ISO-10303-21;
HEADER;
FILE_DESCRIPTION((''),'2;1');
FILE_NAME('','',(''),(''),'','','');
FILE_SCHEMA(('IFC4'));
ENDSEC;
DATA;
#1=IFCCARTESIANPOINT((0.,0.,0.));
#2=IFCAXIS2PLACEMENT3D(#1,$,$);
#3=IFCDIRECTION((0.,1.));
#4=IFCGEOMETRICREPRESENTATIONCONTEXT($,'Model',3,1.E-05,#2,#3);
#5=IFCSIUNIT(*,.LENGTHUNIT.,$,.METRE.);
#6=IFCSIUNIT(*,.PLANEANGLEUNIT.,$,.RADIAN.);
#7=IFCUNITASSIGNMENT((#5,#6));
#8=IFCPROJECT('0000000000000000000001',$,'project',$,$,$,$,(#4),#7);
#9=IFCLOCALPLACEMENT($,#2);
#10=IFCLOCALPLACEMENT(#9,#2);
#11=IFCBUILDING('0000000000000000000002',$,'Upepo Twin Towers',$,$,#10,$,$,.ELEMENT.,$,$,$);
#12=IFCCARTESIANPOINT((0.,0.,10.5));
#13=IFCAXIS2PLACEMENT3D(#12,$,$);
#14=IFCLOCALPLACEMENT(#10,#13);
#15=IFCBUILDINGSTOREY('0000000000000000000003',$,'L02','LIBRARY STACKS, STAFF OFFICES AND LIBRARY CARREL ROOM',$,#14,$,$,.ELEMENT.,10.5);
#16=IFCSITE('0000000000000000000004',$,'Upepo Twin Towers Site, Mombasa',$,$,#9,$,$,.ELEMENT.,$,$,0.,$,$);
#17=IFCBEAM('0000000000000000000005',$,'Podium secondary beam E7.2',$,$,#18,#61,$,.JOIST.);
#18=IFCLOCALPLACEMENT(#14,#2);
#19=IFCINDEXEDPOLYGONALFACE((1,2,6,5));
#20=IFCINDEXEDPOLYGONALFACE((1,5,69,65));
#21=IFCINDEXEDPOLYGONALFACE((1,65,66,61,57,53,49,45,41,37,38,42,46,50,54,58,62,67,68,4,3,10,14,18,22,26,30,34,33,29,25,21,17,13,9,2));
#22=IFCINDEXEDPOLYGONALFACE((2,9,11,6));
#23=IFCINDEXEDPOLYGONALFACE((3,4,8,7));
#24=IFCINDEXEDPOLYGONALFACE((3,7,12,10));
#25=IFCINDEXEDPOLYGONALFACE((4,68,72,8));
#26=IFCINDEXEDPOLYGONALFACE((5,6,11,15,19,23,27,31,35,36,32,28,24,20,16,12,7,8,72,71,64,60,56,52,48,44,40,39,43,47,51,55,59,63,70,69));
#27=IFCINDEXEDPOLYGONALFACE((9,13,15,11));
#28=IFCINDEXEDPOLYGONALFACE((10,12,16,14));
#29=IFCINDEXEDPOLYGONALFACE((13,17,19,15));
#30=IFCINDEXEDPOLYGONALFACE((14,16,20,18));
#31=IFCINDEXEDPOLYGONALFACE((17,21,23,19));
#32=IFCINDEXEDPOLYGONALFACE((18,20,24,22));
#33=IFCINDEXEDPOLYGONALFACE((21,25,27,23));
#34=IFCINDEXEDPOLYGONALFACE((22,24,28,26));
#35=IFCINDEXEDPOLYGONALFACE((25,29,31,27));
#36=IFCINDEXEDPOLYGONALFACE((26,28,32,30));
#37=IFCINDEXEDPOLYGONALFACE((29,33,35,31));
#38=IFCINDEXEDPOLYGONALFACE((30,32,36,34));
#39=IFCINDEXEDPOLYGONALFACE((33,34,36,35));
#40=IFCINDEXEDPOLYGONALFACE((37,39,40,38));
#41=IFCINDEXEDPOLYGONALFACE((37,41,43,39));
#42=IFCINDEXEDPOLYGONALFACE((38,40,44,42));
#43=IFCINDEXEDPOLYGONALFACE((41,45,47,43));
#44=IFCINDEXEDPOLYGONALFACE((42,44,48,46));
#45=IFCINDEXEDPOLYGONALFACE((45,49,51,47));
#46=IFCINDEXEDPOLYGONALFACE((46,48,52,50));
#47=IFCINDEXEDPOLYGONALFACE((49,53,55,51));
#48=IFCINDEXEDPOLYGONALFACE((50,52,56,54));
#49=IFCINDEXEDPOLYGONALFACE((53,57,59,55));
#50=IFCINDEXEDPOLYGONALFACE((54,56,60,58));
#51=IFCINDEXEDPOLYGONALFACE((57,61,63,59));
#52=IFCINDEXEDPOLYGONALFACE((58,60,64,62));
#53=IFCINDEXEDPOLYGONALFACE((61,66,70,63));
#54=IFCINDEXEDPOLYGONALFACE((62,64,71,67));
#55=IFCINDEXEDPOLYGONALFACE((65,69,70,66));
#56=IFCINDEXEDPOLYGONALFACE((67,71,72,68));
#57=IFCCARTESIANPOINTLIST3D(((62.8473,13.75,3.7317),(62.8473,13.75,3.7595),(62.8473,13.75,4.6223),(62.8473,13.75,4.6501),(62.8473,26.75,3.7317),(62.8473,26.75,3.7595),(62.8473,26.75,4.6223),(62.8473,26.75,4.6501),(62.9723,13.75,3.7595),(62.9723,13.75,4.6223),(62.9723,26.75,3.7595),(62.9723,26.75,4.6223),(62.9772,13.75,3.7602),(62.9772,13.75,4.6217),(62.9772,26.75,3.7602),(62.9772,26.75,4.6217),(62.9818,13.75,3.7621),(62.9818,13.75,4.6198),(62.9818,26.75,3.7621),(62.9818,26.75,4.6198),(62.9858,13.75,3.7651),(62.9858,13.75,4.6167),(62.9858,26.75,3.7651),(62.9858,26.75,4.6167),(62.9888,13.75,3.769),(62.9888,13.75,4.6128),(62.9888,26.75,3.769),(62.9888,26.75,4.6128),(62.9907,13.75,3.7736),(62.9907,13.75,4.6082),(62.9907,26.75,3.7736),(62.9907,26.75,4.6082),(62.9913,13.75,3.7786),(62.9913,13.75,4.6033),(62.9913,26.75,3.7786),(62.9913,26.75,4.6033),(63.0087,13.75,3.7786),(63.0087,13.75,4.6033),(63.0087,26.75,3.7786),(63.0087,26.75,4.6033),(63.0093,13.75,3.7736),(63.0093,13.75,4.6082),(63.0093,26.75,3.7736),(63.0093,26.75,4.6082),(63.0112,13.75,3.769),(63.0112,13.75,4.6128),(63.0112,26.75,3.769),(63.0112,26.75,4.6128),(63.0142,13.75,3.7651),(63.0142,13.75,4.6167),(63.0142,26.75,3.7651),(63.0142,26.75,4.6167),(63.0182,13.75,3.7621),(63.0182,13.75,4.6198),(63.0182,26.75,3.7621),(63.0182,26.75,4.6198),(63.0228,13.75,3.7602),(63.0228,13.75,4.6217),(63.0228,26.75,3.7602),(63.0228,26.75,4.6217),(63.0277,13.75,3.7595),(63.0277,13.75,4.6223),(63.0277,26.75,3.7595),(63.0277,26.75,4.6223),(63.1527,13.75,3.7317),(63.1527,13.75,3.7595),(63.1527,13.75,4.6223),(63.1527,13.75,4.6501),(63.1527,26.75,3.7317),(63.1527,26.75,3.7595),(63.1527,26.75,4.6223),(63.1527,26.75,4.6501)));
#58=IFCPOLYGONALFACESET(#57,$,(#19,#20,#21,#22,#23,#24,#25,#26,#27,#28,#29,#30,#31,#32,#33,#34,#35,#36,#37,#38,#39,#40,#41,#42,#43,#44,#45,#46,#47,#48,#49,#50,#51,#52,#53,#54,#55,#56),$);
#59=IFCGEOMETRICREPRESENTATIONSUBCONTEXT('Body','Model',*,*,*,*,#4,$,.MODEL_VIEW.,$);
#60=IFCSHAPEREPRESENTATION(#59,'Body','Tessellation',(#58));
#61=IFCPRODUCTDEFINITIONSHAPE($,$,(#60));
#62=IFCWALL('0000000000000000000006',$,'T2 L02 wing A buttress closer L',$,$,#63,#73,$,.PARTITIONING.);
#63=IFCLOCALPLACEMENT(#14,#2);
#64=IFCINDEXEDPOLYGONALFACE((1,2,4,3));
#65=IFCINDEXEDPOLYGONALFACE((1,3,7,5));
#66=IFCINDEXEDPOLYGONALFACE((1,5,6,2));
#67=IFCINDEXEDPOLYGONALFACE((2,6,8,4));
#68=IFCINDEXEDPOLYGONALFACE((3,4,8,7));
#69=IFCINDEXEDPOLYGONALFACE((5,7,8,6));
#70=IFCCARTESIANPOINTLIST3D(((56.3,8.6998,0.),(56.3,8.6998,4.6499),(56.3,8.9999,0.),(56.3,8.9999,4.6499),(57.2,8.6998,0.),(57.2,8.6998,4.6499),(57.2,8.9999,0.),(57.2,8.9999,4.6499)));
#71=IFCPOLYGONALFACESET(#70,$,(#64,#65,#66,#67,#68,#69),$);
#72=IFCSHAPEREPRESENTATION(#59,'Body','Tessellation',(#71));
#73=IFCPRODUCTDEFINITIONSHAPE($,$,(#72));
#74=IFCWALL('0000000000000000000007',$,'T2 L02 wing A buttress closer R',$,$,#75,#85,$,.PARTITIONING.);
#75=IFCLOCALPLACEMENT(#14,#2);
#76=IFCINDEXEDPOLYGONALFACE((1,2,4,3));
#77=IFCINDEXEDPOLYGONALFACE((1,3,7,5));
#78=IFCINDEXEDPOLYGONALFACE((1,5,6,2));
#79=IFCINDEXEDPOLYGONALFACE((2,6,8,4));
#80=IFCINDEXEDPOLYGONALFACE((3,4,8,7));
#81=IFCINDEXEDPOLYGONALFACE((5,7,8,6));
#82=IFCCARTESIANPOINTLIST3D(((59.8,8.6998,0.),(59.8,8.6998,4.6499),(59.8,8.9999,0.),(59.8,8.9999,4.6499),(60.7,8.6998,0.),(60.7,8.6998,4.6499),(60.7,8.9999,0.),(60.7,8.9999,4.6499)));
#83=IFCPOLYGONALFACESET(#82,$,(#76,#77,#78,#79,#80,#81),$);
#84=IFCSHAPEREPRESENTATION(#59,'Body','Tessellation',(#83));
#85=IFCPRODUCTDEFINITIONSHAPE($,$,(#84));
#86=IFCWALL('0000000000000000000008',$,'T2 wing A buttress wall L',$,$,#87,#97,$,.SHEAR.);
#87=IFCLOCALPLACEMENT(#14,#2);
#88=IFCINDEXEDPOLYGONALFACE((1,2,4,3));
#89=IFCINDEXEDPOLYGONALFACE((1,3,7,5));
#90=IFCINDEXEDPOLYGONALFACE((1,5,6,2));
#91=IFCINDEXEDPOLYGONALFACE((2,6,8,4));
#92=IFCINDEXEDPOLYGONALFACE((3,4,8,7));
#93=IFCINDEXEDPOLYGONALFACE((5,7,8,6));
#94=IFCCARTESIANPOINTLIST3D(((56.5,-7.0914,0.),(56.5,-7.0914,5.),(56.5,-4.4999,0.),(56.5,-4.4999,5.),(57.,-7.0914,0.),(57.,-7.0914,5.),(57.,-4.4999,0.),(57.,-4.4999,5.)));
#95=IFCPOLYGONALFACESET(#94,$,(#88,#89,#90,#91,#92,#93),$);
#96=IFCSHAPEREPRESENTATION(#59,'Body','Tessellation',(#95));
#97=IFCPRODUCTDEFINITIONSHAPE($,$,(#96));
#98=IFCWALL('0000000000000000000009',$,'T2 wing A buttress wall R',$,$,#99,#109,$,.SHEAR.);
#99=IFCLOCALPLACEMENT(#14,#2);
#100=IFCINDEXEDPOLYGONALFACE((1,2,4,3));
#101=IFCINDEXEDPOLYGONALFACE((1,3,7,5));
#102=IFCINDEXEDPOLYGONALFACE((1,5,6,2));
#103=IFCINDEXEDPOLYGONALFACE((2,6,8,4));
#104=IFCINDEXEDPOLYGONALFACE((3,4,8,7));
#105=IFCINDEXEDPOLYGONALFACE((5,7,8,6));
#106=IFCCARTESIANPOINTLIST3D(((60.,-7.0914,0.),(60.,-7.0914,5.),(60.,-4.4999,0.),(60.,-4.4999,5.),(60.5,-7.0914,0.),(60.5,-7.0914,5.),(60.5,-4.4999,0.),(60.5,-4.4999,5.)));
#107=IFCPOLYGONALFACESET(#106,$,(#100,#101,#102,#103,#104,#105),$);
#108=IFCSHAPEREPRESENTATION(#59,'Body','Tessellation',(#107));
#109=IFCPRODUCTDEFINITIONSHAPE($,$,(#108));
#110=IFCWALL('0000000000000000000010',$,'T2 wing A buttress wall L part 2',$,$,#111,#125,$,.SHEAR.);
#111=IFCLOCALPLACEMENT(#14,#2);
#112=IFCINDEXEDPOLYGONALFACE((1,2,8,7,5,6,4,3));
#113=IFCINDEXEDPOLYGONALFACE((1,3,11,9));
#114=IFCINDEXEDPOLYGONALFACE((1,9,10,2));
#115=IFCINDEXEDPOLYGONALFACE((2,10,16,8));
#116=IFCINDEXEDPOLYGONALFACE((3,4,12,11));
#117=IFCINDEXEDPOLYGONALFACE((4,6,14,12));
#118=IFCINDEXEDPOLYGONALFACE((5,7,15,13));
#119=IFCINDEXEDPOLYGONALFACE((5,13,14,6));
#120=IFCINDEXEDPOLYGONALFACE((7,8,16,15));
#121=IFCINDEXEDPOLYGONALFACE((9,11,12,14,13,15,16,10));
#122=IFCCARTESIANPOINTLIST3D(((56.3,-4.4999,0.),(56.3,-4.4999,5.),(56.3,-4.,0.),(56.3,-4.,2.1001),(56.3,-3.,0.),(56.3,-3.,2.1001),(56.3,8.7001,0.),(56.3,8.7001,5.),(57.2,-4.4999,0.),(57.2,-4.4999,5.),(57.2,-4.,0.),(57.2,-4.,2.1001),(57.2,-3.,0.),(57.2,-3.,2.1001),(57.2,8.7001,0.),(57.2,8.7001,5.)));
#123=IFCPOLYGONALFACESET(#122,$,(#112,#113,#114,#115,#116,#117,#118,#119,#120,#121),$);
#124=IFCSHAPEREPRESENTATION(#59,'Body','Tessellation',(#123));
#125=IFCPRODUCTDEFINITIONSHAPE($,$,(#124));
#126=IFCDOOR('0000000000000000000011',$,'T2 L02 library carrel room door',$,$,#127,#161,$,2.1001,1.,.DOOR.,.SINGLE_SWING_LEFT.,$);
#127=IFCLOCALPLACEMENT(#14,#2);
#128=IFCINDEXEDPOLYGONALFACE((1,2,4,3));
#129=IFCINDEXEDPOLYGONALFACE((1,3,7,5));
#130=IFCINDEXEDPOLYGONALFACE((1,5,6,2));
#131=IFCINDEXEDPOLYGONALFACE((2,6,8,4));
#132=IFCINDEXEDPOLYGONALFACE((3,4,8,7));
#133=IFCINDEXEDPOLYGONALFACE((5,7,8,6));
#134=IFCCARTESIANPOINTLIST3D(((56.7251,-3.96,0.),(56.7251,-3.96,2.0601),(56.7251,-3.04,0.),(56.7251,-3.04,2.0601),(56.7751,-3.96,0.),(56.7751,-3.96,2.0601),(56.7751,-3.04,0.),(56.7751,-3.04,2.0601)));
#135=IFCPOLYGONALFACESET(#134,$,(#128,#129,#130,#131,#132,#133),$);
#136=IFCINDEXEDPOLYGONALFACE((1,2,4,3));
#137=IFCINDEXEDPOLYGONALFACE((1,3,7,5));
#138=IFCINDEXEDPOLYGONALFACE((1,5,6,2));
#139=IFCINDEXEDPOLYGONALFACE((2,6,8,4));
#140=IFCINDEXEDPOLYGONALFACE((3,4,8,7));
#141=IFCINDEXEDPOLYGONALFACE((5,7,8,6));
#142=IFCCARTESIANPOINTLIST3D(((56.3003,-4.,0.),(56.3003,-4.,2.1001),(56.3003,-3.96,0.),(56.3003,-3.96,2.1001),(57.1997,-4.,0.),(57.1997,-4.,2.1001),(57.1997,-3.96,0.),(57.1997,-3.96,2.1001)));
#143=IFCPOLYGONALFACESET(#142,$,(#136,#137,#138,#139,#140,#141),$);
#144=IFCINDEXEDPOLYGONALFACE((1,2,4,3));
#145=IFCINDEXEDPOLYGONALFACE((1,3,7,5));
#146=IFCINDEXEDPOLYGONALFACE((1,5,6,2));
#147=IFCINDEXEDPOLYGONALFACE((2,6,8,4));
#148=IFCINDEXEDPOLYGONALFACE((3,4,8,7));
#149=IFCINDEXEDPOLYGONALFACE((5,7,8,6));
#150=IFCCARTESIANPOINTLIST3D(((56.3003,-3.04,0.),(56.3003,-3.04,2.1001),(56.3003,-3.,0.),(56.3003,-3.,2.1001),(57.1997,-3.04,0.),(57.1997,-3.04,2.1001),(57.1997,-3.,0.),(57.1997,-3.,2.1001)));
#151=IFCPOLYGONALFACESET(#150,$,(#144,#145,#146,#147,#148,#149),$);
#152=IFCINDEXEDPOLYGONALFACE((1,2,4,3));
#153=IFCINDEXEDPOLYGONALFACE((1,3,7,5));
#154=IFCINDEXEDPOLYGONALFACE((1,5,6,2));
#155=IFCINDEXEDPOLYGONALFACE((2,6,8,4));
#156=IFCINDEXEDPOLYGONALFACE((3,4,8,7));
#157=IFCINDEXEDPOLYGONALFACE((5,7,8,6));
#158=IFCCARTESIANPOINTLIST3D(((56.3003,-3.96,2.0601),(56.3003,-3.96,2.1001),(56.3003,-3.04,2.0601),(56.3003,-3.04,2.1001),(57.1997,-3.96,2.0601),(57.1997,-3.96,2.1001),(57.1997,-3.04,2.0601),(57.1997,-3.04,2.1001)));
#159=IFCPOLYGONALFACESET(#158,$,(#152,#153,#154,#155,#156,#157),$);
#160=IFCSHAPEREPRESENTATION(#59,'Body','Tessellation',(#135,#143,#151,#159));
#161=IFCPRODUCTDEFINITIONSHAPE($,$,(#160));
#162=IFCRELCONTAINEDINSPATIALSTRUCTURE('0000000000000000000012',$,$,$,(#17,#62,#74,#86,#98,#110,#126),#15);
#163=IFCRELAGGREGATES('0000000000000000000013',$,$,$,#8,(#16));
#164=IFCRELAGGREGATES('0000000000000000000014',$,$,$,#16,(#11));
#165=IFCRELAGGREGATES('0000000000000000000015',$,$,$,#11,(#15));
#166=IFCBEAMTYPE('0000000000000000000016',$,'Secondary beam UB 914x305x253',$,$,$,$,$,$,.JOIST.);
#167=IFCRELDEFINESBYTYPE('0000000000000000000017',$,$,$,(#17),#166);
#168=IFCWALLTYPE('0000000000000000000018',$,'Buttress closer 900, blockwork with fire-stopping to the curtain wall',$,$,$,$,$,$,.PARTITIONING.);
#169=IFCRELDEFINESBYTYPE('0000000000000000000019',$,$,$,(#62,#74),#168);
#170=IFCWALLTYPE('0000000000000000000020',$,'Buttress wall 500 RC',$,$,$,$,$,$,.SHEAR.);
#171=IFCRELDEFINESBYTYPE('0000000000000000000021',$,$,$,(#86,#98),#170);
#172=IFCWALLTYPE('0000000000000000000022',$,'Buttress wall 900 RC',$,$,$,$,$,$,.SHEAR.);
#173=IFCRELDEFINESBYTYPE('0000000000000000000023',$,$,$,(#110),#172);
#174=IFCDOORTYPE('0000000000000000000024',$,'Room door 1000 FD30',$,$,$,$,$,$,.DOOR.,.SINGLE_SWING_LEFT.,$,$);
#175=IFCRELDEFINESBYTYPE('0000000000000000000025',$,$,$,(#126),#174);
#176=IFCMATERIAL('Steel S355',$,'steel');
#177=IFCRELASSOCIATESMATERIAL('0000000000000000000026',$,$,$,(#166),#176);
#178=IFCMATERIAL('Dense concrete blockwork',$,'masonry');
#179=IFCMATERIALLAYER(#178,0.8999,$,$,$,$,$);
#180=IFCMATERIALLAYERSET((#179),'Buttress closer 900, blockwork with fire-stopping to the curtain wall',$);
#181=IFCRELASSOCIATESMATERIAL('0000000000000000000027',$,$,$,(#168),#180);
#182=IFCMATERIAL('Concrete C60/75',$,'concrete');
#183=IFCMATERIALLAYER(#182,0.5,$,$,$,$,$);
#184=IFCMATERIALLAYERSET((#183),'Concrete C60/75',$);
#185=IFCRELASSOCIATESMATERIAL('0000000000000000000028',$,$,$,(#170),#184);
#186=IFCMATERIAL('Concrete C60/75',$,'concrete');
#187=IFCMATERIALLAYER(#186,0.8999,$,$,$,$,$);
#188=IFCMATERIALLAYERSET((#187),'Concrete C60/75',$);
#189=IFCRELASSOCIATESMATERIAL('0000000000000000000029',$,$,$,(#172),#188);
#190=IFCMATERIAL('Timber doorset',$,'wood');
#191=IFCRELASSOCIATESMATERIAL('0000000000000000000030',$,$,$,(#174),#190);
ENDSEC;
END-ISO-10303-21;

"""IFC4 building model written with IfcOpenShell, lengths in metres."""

from ifc_helpers import new_model, si_unit, direction, frame, frame_2d, origin, origin_2d, place, context, subcontext, project, spatial, rectangle, i_section, extrude, material, layer, layer_set, material_profile, profile_set, type_object, element, fill, save


model = new_model("IFC4")

# Units and contexts
model_context = context("Model", 3, precision=1e-05, world=origin(), true_north=direction((0.0, 1.0)))
body_context = subcontext(model_context, "Body", "Model", "MODEL_VIEW")
ifc_project = project(units=[si_unit("LENGTHUNIT", "METRE"), si_unit("PLANEANGLEUNIT", "RADIAN")], contexts=[model_context])

# Site, building, storey
site_placement = place(None, origin())
site = spatial("IfcSite", under=ifc_project, at=site_placement, Name="Upepo Twin Towers Site, Mombasa", CompositionType="ELEMENT", RefElevation=0.0)
building_placement = place(site_placement, origin())
building = spatial("IfcBuilding", under=site, at=building_placement, Name="Upepo Twin Towers", CompositionType="ELEMENT")
storey_placement = place(building_placement, frame((0.0, 0.0, 10.5)))
storey = spatial("IfcBuildingStorey", under=building, at=storey_placement, Name="L02", Description="LIBRARY STACKS, STAFF OFFICES AND LIBRARY CARREL ROOM", CompositionType="ELEMENT", Elevation=10.5)

# Beam
ifc_material_1 = material(Name="Steel S355", Category="steel")
ifc_material_profile_1 = material_profile(ifc_material_1, i_section(OverallWidth=0.3054, OverallDepth=0.9185, WebThickness=0.0173, FlangeThickness=0.0278, FilletRadius=0.019, at=origin_2d()), Name="UB 914x305x253")
ifc_profile_set_1 = profile_set([ifc_material_profile_1], Name="Steel S355")
beam_type_1 = type_object("IfcBeamType", Name="Secondary beam UB 914x305x253", PredefinedType="JOIST", material=ifc_profile_set_1)
for number, where, z_axis, x_axis, name in (
    (1, (63.0, 13.75, 4.1909), (0.0, 1.0, 0.0), (-1.0, 0.0, 0.0), "Podium secondary beam E7.2"),
):
    element("IfcBeam", number, at=place(storey_placement, frame(where, z_axis=z_axis, x_axis=x_axis)), inside=storey, type_object=beam_type_1, Name=name, PredefinedType="JOIST", context=body_context, shape_type="SweptSolid", body=[
        extrude(i_section(OverallWidth=0.3054, OverallDepth=0.9185, WebThickness=0.0173, FlangeThickness=0.0278, FilletRadius=0.019, at=origin_2d()), origin(), (0.0, 0.0, 1.0), 13.0),
    ])

# Walls
ifc_material_2 = material(Name="Dense concrete blockwork", Category="masonry")
ifc_layer_1 = layer(ifc_material_2, 0.8999)
ifc_layer_set_1 = layer_set([ifc_layer_1], Name="Buttress closer 900, blockwork with fire-stopping to the curtain wall")
wall_type_1 = type_object("IfcWallType", Name="Buttress closer 900, blockwork with fire-stopping to the curtain wall", PredefinedType="PARTITIONING", material=ifc_layer_set_1)
for number, where, z_axis, x_axis, name in (
    (2, (56.75, 8.7, 0.0), (0.0, 0.0, 1.0), (0.0, 1.0, 0.0), "T2 L02 wing A buttress closer L"),
    (3, (60.25, 8.7, 0.0), (0.0, 0.0, 1.0), (0.0, 1.0, 0.0), "T2 L02 wing A buttress closer R"),
):
    element("IfcWall", number, at=place(storey_placement, frame(where, z_axis=z_axis, x_axis=x_axis)), inside=storey, type_object=wall_type_1, Name=name, PredefinedType="PARTITIONING", context=body_context, shape_type="SweptSolid", body=[
        extrude(rectangle(XDim=0.3, YDim=0.8999, at=frame_2d((0.1499, 0.0))), origin(), (0.0, 0.0, 1.0), 4.6499),
    ])
ifc_material_3 = material(Name="Concrete C60/75", Category="concrete")
ifc_layer_2 = layer(ifc_material_3, 0.5)
ifc_layer_set_2 = layer_set([ifc_layer_2], Name="Concrete C60/75")
wall_type_2 = type_object("IfcWallType", Name="Buttress wall 500 RC", PredefinedType="SHEAR", material=ifc_layer_set_2)
for number, where, z_axis, x_axis, name in (
    (4, (56.75, -7.0916, 0.0), (0.0, 0.0, 1.0), (0.0, 1.0, 0.0), "T2 wing A buttress wall L"),
    (5, (60.25, -7.0916, 0.0), (0.0, 0.0, 1.0), (0.0, 1.0, 0.0), "T2 wing A buttress wall R"),
):
    element("IfcWall", number, at=place(storey_placement, frame(where, z_axis=z_axis, x_axis=x_axis)), inside=storey, type_object=wall_type_2, Name=name, PredefinedType="SHEAR", context=body_context, shape_type="SweptSolid", body=[
        extrude(rectangle(XDim=2.5916, YDim=0.5, at=frame_2d((1.2959, 0.0))), origin(), (0.0, 0.0, 1.0), 5.0),
    ])

# Wall, opening, door
ifc_material_4 = material(Name="Concrete C60/75", Category="concrete")
ifc_layer_3 = layer(ifc_material_4, 0.8999)
ifc_layer_set_3 = layer_set([ifc_layer_3], Name="Concrete C60/75")
wall_type_3 = type_object("IfcWallType", Name="Buttress wall 900 RC", PredefinedType="SHEAR", material=ifc_layer_set_3)
wall_1_placement = place(storey_placement, frame((56.75, -4.5, 0.0), z_axis=(0.0, 0.0, 1.0), x_axis=(0.0, 1.0, 0.0)))
wall_1 = element("IfcWall", 6, at=wall_1_placement, inside=storey, type_object=wall_type_3, Name="T2 wing A buttress wall L part 2", PredefinedType="SHEAR", context=body_context, shape_type="SweptSolid", body=[
    extrude(rectangle(XDim=13.2, YDim=0.8999, at=frame_2d((6.6001, 0.0))), origin(), (0.0, 0.0, 1.0), 5.0),
])
opening_1_placement = place(wall_1_placement, frame((0.5, 0.0, 0.0)))
opening_1 = element("IfcOpeningElement", 7, at=opening_1_placement, cuts=wall_1, PredefinedType="OPENING", context=body_context, shape_type="SweptSolid", body=[
    extrude(rectangle(XDim=1.0, YDim=2.1001, at=frame_2d((0.5, 1.05))), frame((0.0, 0.46, 0.0), z_axis=(0.0, -1.0, 0.0), x_axis=(1.0, 0.0, 0.0)), (0.0, 0.0, 1.0), 0.9199),
])
ifc_material_5 = material(Name="Timber doorset", Category="wood")
door_type_1 = type_object("IfcDoorType", Name="Room door 1000 FD30", OperationType="SINGLE_SWING_LEFT", PredefinedType="DOOR", material=ifc_material_5)
door_1_placement = place(opening_1_placement, origin())
door_1 = element("IfcDoor", 8, at=door_1_placement, inside=storey, type_object=door_type_1, Name="T2 L02 library carrel room door", OperationType="SINGLE_SWING_LEFT", OverallHeight=2.1001, OverallWidth=1.0, PredefinedType="DOOR", context=body_context, shape_type="SweptSolid", body=[
    extrude(rectangle(XDim=0.92, YDim=2.0601, at=frame_2d((0.5, 1.03))), frame((0.0, 0.0249, 0.0), z_axis=(0.0, -1.0, 0.0), x_axis=(1.0, 0.0, 0.0)), (0.0, 0.0, 1.0), 0.05),
    extrude(rectangle(XDim=0.04, YDim=2.1001, at=frame_2d((0.02, 1.05))), frame((0.0, 0.4497, 0.0), z_axis=(0.0, -1.0, 0.0), x_axis=(1.0, 0.0, 0.0)), (0.0, 0.0, 1.0), 0.8994),
    extrude(rectangle(XDim=0.04, YDim=2.1001, at=frame_2d((0.98, 1.05))), frame((0.0, 0.4497, 0.0), z_axis=(0.0, -1.0, 0.0), x_axis=(1.0, 0.0, 0.0)), (0.0, 0.0, 1.0), 0.8994),
    extrude(rectangle(XDim=0.92, YDim=0.04, at=frame_2d((0.5, 2.0801))), frame((0.0, 0.4497, 0.0), z_axis=(0.0, -1.0, 0.0), x_axis=(1.0, 0.0, 0.0)), (0.0, 0.0, 1.0), 0.8994),
])
fill(opening_1, door_1)

save(model, "model.ifc")
